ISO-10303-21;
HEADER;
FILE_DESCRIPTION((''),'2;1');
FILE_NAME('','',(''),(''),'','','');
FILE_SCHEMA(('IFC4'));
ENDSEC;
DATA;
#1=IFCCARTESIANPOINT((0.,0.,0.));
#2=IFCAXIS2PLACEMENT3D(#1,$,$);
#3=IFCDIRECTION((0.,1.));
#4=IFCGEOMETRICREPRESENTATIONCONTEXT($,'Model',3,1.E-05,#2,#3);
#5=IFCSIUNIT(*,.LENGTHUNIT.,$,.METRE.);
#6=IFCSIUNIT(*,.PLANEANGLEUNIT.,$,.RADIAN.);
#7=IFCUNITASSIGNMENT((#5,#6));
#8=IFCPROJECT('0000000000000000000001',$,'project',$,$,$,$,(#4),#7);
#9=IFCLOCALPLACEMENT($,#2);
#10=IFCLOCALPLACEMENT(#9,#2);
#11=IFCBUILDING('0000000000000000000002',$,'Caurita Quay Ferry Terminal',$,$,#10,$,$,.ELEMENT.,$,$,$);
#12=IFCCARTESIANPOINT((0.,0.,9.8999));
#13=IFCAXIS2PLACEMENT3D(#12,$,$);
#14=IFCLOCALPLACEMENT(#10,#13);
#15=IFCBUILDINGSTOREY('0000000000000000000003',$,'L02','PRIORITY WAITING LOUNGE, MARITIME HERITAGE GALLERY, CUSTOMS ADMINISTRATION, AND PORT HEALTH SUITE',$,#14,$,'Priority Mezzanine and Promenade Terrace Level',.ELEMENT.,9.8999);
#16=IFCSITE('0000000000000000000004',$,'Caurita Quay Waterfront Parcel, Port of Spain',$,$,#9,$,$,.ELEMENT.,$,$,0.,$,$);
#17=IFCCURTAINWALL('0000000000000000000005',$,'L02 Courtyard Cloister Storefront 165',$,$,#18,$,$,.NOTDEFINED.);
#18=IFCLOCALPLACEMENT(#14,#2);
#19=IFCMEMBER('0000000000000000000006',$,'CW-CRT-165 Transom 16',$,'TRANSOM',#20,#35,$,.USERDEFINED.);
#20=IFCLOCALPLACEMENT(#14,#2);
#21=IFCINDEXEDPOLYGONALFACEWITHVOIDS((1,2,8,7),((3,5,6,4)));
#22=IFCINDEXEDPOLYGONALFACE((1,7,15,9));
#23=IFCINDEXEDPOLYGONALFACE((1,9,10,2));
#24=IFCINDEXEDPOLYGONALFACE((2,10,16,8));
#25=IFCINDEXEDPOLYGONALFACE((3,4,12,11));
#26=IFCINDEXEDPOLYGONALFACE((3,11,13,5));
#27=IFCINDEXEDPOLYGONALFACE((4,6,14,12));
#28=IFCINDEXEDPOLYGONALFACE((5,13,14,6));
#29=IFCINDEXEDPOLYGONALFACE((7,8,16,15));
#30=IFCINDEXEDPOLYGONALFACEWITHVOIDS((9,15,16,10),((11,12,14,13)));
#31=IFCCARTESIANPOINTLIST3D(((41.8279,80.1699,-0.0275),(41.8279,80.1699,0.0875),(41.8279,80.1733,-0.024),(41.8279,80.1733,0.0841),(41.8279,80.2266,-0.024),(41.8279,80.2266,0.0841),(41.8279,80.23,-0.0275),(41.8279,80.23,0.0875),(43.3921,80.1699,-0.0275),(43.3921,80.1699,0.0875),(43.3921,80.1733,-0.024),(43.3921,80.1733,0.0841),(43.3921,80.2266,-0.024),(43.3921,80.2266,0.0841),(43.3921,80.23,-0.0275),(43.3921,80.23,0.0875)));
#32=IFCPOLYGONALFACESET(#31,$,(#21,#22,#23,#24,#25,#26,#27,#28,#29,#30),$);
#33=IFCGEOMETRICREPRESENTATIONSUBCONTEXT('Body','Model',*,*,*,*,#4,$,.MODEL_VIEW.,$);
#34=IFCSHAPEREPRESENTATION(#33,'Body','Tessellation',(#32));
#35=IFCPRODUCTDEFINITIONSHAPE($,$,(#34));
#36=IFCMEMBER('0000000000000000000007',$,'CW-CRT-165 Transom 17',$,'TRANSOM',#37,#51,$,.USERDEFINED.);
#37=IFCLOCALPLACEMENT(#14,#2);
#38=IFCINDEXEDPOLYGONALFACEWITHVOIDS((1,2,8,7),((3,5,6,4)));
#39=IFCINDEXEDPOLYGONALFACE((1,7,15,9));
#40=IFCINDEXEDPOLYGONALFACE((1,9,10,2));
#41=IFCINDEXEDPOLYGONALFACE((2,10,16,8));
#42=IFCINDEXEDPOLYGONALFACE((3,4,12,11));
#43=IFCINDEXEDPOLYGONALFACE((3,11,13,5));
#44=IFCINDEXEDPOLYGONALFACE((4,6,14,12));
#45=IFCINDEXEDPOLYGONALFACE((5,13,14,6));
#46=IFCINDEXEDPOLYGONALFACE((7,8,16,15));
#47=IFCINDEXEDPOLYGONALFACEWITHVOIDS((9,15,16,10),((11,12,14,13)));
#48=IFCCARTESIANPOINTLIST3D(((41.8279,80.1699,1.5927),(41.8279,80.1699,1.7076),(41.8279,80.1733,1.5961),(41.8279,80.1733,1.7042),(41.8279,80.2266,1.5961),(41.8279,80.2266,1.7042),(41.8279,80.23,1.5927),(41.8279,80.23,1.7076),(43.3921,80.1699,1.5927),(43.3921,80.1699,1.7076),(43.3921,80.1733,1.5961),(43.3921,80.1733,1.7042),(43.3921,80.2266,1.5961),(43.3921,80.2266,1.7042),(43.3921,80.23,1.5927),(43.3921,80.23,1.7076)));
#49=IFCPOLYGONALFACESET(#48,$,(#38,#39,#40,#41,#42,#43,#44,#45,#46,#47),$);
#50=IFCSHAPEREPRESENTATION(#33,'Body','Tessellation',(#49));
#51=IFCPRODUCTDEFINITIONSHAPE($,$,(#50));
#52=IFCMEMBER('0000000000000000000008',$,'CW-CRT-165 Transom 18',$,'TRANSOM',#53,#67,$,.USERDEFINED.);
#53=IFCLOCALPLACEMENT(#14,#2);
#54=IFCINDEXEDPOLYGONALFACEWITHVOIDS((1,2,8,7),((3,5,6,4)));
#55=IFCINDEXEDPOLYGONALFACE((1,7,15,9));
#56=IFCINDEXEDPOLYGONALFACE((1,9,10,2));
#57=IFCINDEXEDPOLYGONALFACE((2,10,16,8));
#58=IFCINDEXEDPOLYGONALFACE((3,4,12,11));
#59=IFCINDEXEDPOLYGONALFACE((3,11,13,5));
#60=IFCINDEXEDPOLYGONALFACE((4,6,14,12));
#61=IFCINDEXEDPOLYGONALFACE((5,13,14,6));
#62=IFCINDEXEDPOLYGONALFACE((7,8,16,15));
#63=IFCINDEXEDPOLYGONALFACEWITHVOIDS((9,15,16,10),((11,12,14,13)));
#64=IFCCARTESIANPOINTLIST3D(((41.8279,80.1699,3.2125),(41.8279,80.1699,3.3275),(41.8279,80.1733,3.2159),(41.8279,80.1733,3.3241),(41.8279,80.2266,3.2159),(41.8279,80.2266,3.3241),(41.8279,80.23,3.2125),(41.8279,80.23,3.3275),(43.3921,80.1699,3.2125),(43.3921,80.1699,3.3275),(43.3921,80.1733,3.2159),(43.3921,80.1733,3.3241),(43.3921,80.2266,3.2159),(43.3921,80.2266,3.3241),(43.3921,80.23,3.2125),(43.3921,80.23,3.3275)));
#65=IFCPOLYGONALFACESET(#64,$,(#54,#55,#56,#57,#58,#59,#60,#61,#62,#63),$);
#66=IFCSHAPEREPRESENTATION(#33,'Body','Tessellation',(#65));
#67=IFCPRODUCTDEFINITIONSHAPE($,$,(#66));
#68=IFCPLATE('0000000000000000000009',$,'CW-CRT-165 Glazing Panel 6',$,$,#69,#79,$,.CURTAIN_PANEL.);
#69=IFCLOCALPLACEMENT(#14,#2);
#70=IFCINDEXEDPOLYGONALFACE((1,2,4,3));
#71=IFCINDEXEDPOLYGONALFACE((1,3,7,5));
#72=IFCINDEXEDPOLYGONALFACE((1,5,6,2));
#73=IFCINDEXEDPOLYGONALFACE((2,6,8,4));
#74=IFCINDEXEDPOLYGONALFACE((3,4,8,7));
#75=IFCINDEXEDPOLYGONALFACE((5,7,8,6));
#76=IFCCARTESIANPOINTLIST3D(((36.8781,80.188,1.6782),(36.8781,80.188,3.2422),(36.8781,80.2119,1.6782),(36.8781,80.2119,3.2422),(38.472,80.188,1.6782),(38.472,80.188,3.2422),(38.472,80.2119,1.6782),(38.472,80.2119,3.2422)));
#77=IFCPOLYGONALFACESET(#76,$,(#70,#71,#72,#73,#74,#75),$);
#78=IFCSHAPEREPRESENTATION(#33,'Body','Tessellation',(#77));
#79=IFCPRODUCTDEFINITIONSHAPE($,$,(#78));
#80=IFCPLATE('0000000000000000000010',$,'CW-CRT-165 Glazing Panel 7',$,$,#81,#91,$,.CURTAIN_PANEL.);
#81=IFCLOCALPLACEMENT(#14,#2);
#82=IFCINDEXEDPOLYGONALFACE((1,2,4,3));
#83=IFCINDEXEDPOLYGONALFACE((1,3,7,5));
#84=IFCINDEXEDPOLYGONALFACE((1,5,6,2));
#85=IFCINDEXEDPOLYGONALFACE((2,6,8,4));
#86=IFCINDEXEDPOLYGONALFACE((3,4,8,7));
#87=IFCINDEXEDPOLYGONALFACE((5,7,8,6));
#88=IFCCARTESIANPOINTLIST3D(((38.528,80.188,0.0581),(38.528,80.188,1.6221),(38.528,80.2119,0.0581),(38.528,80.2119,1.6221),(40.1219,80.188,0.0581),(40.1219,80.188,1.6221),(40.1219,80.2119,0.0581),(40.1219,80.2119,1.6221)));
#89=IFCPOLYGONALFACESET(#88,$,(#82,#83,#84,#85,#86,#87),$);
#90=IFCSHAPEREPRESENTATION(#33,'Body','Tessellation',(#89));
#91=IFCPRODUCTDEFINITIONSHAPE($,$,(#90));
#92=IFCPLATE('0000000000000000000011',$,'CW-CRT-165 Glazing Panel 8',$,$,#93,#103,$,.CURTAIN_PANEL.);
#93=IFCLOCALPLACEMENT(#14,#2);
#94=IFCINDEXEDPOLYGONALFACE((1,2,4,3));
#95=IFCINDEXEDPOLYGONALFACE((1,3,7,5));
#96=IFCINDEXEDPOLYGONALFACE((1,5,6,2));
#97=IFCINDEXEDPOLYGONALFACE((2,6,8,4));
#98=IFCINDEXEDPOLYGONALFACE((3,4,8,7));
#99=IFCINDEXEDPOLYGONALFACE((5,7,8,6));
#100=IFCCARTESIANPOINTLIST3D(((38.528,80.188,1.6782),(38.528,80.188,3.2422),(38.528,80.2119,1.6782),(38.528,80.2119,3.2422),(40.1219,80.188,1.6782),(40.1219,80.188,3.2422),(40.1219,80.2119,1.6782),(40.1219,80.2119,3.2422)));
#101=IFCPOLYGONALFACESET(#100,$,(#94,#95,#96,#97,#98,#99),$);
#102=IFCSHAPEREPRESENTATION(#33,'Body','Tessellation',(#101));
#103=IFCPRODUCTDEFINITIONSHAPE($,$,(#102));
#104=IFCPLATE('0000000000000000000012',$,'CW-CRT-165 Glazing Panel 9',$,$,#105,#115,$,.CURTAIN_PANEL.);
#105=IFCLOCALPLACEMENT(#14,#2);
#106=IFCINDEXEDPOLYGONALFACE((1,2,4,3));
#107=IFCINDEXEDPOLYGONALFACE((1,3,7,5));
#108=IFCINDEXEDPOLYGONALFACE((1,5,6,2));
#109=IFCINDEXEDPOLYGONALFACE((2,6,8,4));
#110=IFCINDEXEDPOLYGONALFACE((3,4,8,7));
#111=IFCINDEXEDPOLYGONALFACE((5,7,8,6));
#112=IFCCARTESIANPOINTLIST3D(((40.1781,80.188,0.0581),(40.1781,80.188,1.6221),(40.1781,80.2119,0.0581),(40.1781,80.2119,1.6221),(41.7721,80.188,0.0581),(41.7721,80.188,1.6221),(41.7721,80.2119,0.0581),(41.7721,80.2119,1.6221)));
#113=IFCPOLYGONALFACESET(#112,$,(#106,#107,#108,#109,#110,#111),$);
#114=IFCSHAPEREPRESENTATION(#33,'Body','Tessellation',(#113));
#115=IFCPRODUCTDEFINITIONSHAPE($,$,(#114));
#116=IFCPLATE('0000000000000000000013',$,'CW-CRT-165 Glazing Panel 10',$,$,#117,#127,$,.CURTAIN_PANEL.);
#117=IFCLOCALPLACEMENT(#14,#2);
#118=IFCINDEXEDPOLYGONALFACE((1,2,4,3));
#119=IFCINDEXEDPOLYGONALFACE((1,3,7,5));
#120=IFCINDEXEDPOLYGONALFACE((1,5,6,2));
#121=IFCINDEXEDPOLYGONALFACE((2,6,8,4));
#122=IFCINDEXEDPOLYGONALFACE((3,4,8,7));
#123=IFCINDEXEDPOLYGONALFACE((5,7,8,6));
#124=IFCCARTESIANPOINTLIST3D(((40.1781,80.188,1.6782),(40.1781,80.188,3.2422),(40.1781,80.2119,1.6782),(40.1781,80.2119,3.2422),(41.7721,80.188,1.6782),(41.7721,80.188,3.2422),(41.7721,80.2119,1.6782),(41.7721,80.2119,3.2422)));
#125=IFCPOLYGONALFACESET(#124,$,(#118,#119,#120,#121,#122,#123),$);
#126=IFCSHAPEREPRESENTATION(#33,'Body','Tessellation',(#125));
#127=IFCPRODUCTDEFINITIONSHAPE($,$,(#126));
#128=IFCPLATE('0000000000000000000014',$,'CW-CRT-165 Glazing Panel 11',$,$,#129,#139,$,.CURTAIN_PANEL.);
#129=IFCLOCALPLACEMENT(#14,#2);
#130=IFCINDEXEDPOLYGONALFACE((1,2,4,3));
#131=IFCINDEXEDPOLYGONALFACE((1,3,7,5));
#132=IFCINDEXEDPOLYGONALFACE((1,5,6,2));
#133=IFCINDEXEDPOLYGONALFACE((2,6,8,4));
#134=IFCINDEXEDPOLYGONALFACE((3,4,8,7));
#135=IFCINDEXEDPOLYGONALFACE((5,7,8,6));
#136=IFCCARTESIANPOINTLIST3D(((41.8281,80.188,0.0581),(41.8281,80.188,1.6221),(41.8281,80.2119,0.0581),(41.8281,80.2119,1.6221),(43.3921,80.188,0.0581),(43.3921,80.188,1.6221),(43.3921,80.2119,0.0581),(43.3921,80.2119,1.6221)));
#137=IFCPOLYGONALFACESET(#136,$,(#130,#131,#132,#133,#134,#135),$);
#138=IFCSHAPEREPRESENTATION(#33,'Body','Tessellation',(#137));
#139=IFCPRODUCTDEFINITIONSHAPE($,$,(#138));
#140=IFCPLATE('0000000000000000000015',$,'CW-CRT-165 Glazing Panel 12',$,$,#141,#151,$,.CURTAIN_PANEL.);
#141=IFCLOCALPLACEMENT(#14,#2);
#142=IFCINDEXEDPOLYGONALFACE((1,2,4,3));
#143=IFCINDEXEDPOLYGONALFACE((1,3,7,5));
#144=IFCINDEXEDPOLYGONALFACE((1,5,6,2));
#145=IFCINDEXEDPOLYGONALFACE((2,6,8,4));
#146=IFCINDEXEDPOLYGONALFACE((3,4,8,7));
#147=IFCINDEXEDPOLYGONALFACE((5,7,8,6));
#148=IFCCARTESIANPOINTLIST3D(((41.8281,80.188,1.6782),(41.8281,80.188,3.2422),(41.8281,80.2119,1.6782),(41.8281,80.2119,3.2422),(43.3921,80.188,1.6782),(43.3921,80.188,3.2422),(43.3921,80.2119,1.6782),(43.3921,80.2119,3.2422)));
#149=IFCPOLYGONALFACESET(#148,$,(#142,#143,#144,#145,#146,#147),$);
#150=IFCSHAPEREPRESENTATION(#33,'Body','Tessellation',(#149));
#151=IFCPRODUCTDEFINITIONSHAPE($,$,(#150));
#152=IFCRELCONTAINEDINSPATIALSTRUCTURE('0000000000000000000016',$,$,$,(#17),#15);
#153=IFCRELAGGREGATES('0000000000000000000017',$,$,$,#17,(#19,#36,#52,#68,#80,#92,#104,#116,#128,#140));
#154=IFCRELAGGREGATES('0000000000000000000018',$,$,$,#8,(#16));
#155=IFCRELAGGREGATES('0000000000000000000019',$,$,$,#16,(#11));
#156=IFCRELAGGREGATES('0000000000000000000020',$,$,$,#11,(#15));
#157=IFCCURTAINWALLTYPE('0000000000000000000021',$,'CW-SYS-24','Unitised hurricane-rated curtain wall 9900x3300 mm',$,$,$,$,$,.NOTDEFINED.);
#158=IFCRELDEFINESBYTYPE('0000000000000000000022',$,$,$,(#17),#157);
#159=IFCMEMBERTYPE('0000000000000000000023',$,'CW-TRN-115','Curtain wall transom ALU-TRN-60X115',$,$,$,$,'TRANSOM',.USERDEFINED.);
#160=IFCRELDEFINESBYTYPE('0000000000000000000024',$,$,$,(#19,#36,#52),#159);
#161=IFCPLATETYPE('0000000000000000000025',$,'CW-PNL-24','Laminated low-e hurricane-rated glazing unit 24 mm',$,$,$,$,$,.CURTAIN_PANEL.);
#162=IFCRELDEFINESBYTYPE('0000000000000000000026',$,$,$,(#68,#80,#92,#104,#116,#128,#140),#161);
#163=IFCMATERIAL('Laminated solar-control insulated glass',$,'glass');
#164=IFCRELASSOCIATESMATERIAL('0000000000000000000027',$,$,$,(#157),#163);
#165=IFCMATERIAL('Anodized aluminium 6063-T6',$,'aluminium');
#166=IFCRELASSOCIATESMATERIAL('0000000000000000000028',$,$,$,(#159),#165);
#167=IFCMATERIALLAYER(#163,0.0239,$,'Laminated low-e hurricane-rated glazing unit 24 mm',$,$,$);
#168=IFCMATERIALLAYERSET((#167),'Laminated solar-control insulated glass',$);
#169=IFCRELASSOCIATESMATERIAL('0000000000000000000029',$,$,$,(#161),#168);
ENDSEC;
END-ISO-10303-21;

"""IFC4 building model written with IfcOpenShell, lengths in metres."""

from ifc_helpers import new_model, si_unit, direction, frame, origin, origin_2d, place, context, subcontext, project, spatial, rectangle, hollow_rectangle, extrude, material, layer, layer_set, material_profile, profile_set, type_object, element, aggregate, save


model = new_model("IFC4")

# Units and contexts
model_context = context("Model", 3, precision=1e-05, world=origin(), true_north=direction((0.0, 1.0)))
body_context = subcontext(model_context, "Body", "Model", "MODEL_VIEW")
ifc_project = project(units=[si_unit("LENGTHUNIT", "METRE"), si_unit("PLANEANGLEUNIT", "RADIAN")], contexts=[model_context])

# Site, building, storey
site_placement = place(None, origin())
site = spatial("IfcSite", under=ifc_project, at=site_placement, Name="Caurita Quay Waterfront Parcel, Port of Spain", CompositionType="ELEMENT", RefElevation=0.0)
building_placement = place(site_placement, origin())
building = spatial("IfcBuilding", under=site, at=building_placement, Name="Caurita Quay Ferry Terminal", CompositionType="ELEMENT")
storey_placement = place(building_placement, frame((0.0, 0.0, 9.8999)))
storey = spatial("IfcBuildingStorey", under=building, at=storey_placement, Name="L02", Description="PRIORITY WAITING LOUNGE, MARITIME HERITAGE GALLERY, CUSTOMS ADMINISTRATION, AND PORT HEALTH SUITE", LongName="Priority Mezzanine and Promenade Terrace Level", CompositionType="ELEMENT", Elevation=9.8999)

# Curtain wall, members, plates
ifc_material_1 = material(Name="Laminated solar-control insulated glass", Category="glass")
curtain_wall_type = type_object("IfcCurtainWallType", Name="CW-SYS-24", Description="Unitised hurricane-rated curtain wall 9900x3300 mm", PredefinedType="NOTDEFINED", material=ifc_material_1)
curtain_wall_placement = place(storey_placement, origin())
curtain_wall = element("IfcCurtainWall", 1, at=curtain_wall_placement, inside=storey, type_object=curtain_wall_type, Name="L02 Courtyard Cloister Storefront 165", PredefinedType="NOTDEFINED")
ifc_material_2 = material(Name="Anodized aluminium 6063-T6", Category="aluminium")
ifc_material_profile_1 = material_profile(ifc_material_2, hollow_rectangle(XDim=0.0601, YDim=0.115, WallThickness=0.0034, at=origin_2d()), Name="ALU-TRN-60X115")
ifc_profile_set_1 = profile_set([ifc_material_profile_1], Name="Anodized aluminium 6063-T6")
member_type_1 = type_object("IfcMemberType", Name="CW-TRN-115", Description="Curtain wall transom ALU-TRN-60X115", ElementType="TRANSOM", PredefinedType="USERDEFINED", material=ifc_profile_set_1)
member_1_placement = place(storey_placement, frame((41.8279, 80.2, 0.03), z_axis=(1.0, 0.0, 0.0), x_axis=(0.0, 1.0, 0.0)))
member_1 = element("IfcMember", 2, at=member_1_placement, type_object=member_type_1, Name="CW-CRT-165 Transom 16", ObjectType="TRANSOM", PredefinedType="USERDEFINED", context=body_context, shape_type="SweptSolid", body=[
    extrude(hollow_rectangle(XDim=0.0601, YDim=0.115, WallThickness=0.0034, at=origin_2d()), origin(), (0.0, 0.0, 1.0), 1.5642),
])
member_2_placement = place(storey_placement, frame((41.8279, 80.2, 1.6501), z_axis=(1.0, 0.0, 0.0), x_axis=(0.0, 1.0, 0.0)))
member_2 = element("IfcMember", 3, at=member_2_placement, type_object=member_type_1, Name="CW-CRT-165 Transom 17", ObjectType="TRANSOM", PredefinedType="USERDEFINED", context=body_context, shape_type="SweptSolid", body=[
    extrude(hollow_rectangle(XDim=0.0601, YDim=0.115, WallThickness=0.0034, at=origin_2d()), origin(), (0.0, 0.0, 1.0), 1.5642),
])
member_3_placement = place(storey_placement, frame((41.8279, 80.2, 3.27), z_axis=(1.0, 0.0, 0.0), x_axis=(0.0, 1.0, 0.0)))
member_3 = element("IfcMember", 4, at=member_3_placement, type_object=member_type_1, Name="CW-CRT-165 Transom 18", ObjectType="TRANSOM", PredefinedType="USERDEFINED", context=body_context, shape_type="SweptSolid", body=[
    extrude(hollow_rectangle(XDim=0.0601, YDim=0.115, WallThickness=0.0034, at=origin_2d()), origin(), (0.0, 0.0, 1.0), 1.5642),
])
ifc_layer = layer(ifc_material_1, 0.0239, Name="Laminated low-e hurricane-rated glazing unit 24 mm")
ifc_layer_set = layer_set([ifc_layer], Name="Laminated solar-control insulated glass")
plate_type = type_object("IfcPlateType", Name="CW-PNL-24", Description="Laminated low-e hurricane-rated glazing unit 24 mm", PredefinedType="CURTAIN_PANEL", material=ifc_layer_set)
plate_1_placement = place(storey_placement, frame((37.675, 80.2, 1.6782), z_axis=(0.0, 0.0, 1.0), x_axis=(1.0, 0.0, 0.0)))
plate_1 = element("IfcPlate", 5, at=plate_1_placement, type_object=plate_type, Name="CW-CRT-165 Glazing Panel 6", PredefinedType="CURTAIN_PANEL", context=body_context, shape_type="SweptSolid", body=[
    extrude(rectangle(XDim=1.594, YDim=0.0239, at=origin_2d()), origin(), (0.0, 0.0, 1.0), 1.564),
])
plate_2_placement = place(storey_placement, frame((39.325, 80.2, 0.0581), z_axis=(0.0, 0.0, 1.0), x_axis=(1.0, 0.0, 0.0)))
plate_2 = element("IfcPlate", 6, at=plate_2_placement, type_object=plate_type, Name="CW-CRT-165 Glazing Panel 7", PredefinedType="CURTAIN_PANEL", context=body_context, shape_type="SweptSolid", body=[
    extrude(rectangle(XDim=1.594, YDim=0.0239, at=origin_2d()), origin(), (0.0, 0.0, 1.0), 1.564),
])
plate_3_placement = place(storey_placement, frame((39.325, 80.2, 1.6782), z_axis=(0.0, 0.0, 1.0), x_axis=(1.0, 0.0, 0.0)))
plate_3 = element("IfcPlate", 7, at=plate_3_placement, type_object=plate_type, Name="CW-CRT-165 Glazing Panel 8", PredefinedType="CURTAIN_PANEL", context=body_context, shape_type="SweptSolid", body=[
    extrude(rectangle(XDim=1.594, YDim=0.0239, at=origin_2d()), origin(), (0.0, 0.0, 1.0), 1.564),
])
plate_4_placement = place(storey_placement, frame((40.9751, 80.2, 0.0581), z_axis=(0.0, 0.0, 1.0), x_axis=(1.0, 0.0, 0.0)))
plate_4 = element("IfcPlate", 8, at=plate_4_placement, type_object=plate_type, Name="CW-CRT-165 Glazing Panel 9", PredefinedType="CURTAIN_PANEL", context=body_context, shape_type="SweptSolid", body=[
    extrude(rectangle(XDim=1.594, YDim=0.0239, at=origin_2d()), origin(), (0.0, 0.0, 1.0), 1.564),
])
plate_5_placement = place(storey_placement, frame((40.9751, 80.2, 1.6782), z_axis=(0.0, 0.0, 1.0), x_axis=(1.0, 0.0, 0.0)))
plate_5 = element("IfcPlate", 9, at=plate_5_placement, type_object=plate_type, Name="CW-CRT-165 Glazing Panel 10", PredefinedType="CURTAIN_PANEL", context=body_context, shape_type="SweptSolid", body=[
    extrude(rectangle(XDim=1.594, YDim=0.0239, at=origin_2d()), origin(), (0.0, 0.0, 1.0), 1.564),
])
plate_6_placement = place(storey_placement, frame((42.6101, 80.2, 0.0581), z_axis=(0.0, 0.0, 1.0), x_axis=(1.0, 0.0, 0.0)))
plate_6 = element("IfcPlate", 10, at=plate_6_placement, type_object=plate_type, Name="CW-CRT-165 Glazing Panel 11", PredefinedType="CURTAIN_PANEL", context=body_context, shape_type="SweptSolid", body=[
    extrude(rectangle(XDim=1.564, YDim=0.0239, at=origin_2d()), origin(), (0.0, 0.0, 1.0), 1.564),
])
plate_7_placement = place(storey_placement, frame((42.6101, 80.2, 1.6782), z_axis=(0.0, 0.0, 1.0), x_axis=(1.0, 0.0, 0.0)))
plate_7 = element("IfcPlate", 11, at=plate_7_placement, type_object=plate_type, Name="CW-CRT-165 Glazing Panel 12", PredefinedType="CURTAIN_PANEL", context=body_context, shape_type="SweptSolid", body=[
    extrude(rectangle(XDim=1.564, YDim=0.0239, at=origin_2d()), origin(), (0.0, 0.0, 1.0), 1.564),
])
aggregate(curtain_wall, [member_1, member_2, member_3, plate_1, plate_2, plate_3, plate_4, plate_5, plate_6, plate_7])

save(model, "model.ifc")
